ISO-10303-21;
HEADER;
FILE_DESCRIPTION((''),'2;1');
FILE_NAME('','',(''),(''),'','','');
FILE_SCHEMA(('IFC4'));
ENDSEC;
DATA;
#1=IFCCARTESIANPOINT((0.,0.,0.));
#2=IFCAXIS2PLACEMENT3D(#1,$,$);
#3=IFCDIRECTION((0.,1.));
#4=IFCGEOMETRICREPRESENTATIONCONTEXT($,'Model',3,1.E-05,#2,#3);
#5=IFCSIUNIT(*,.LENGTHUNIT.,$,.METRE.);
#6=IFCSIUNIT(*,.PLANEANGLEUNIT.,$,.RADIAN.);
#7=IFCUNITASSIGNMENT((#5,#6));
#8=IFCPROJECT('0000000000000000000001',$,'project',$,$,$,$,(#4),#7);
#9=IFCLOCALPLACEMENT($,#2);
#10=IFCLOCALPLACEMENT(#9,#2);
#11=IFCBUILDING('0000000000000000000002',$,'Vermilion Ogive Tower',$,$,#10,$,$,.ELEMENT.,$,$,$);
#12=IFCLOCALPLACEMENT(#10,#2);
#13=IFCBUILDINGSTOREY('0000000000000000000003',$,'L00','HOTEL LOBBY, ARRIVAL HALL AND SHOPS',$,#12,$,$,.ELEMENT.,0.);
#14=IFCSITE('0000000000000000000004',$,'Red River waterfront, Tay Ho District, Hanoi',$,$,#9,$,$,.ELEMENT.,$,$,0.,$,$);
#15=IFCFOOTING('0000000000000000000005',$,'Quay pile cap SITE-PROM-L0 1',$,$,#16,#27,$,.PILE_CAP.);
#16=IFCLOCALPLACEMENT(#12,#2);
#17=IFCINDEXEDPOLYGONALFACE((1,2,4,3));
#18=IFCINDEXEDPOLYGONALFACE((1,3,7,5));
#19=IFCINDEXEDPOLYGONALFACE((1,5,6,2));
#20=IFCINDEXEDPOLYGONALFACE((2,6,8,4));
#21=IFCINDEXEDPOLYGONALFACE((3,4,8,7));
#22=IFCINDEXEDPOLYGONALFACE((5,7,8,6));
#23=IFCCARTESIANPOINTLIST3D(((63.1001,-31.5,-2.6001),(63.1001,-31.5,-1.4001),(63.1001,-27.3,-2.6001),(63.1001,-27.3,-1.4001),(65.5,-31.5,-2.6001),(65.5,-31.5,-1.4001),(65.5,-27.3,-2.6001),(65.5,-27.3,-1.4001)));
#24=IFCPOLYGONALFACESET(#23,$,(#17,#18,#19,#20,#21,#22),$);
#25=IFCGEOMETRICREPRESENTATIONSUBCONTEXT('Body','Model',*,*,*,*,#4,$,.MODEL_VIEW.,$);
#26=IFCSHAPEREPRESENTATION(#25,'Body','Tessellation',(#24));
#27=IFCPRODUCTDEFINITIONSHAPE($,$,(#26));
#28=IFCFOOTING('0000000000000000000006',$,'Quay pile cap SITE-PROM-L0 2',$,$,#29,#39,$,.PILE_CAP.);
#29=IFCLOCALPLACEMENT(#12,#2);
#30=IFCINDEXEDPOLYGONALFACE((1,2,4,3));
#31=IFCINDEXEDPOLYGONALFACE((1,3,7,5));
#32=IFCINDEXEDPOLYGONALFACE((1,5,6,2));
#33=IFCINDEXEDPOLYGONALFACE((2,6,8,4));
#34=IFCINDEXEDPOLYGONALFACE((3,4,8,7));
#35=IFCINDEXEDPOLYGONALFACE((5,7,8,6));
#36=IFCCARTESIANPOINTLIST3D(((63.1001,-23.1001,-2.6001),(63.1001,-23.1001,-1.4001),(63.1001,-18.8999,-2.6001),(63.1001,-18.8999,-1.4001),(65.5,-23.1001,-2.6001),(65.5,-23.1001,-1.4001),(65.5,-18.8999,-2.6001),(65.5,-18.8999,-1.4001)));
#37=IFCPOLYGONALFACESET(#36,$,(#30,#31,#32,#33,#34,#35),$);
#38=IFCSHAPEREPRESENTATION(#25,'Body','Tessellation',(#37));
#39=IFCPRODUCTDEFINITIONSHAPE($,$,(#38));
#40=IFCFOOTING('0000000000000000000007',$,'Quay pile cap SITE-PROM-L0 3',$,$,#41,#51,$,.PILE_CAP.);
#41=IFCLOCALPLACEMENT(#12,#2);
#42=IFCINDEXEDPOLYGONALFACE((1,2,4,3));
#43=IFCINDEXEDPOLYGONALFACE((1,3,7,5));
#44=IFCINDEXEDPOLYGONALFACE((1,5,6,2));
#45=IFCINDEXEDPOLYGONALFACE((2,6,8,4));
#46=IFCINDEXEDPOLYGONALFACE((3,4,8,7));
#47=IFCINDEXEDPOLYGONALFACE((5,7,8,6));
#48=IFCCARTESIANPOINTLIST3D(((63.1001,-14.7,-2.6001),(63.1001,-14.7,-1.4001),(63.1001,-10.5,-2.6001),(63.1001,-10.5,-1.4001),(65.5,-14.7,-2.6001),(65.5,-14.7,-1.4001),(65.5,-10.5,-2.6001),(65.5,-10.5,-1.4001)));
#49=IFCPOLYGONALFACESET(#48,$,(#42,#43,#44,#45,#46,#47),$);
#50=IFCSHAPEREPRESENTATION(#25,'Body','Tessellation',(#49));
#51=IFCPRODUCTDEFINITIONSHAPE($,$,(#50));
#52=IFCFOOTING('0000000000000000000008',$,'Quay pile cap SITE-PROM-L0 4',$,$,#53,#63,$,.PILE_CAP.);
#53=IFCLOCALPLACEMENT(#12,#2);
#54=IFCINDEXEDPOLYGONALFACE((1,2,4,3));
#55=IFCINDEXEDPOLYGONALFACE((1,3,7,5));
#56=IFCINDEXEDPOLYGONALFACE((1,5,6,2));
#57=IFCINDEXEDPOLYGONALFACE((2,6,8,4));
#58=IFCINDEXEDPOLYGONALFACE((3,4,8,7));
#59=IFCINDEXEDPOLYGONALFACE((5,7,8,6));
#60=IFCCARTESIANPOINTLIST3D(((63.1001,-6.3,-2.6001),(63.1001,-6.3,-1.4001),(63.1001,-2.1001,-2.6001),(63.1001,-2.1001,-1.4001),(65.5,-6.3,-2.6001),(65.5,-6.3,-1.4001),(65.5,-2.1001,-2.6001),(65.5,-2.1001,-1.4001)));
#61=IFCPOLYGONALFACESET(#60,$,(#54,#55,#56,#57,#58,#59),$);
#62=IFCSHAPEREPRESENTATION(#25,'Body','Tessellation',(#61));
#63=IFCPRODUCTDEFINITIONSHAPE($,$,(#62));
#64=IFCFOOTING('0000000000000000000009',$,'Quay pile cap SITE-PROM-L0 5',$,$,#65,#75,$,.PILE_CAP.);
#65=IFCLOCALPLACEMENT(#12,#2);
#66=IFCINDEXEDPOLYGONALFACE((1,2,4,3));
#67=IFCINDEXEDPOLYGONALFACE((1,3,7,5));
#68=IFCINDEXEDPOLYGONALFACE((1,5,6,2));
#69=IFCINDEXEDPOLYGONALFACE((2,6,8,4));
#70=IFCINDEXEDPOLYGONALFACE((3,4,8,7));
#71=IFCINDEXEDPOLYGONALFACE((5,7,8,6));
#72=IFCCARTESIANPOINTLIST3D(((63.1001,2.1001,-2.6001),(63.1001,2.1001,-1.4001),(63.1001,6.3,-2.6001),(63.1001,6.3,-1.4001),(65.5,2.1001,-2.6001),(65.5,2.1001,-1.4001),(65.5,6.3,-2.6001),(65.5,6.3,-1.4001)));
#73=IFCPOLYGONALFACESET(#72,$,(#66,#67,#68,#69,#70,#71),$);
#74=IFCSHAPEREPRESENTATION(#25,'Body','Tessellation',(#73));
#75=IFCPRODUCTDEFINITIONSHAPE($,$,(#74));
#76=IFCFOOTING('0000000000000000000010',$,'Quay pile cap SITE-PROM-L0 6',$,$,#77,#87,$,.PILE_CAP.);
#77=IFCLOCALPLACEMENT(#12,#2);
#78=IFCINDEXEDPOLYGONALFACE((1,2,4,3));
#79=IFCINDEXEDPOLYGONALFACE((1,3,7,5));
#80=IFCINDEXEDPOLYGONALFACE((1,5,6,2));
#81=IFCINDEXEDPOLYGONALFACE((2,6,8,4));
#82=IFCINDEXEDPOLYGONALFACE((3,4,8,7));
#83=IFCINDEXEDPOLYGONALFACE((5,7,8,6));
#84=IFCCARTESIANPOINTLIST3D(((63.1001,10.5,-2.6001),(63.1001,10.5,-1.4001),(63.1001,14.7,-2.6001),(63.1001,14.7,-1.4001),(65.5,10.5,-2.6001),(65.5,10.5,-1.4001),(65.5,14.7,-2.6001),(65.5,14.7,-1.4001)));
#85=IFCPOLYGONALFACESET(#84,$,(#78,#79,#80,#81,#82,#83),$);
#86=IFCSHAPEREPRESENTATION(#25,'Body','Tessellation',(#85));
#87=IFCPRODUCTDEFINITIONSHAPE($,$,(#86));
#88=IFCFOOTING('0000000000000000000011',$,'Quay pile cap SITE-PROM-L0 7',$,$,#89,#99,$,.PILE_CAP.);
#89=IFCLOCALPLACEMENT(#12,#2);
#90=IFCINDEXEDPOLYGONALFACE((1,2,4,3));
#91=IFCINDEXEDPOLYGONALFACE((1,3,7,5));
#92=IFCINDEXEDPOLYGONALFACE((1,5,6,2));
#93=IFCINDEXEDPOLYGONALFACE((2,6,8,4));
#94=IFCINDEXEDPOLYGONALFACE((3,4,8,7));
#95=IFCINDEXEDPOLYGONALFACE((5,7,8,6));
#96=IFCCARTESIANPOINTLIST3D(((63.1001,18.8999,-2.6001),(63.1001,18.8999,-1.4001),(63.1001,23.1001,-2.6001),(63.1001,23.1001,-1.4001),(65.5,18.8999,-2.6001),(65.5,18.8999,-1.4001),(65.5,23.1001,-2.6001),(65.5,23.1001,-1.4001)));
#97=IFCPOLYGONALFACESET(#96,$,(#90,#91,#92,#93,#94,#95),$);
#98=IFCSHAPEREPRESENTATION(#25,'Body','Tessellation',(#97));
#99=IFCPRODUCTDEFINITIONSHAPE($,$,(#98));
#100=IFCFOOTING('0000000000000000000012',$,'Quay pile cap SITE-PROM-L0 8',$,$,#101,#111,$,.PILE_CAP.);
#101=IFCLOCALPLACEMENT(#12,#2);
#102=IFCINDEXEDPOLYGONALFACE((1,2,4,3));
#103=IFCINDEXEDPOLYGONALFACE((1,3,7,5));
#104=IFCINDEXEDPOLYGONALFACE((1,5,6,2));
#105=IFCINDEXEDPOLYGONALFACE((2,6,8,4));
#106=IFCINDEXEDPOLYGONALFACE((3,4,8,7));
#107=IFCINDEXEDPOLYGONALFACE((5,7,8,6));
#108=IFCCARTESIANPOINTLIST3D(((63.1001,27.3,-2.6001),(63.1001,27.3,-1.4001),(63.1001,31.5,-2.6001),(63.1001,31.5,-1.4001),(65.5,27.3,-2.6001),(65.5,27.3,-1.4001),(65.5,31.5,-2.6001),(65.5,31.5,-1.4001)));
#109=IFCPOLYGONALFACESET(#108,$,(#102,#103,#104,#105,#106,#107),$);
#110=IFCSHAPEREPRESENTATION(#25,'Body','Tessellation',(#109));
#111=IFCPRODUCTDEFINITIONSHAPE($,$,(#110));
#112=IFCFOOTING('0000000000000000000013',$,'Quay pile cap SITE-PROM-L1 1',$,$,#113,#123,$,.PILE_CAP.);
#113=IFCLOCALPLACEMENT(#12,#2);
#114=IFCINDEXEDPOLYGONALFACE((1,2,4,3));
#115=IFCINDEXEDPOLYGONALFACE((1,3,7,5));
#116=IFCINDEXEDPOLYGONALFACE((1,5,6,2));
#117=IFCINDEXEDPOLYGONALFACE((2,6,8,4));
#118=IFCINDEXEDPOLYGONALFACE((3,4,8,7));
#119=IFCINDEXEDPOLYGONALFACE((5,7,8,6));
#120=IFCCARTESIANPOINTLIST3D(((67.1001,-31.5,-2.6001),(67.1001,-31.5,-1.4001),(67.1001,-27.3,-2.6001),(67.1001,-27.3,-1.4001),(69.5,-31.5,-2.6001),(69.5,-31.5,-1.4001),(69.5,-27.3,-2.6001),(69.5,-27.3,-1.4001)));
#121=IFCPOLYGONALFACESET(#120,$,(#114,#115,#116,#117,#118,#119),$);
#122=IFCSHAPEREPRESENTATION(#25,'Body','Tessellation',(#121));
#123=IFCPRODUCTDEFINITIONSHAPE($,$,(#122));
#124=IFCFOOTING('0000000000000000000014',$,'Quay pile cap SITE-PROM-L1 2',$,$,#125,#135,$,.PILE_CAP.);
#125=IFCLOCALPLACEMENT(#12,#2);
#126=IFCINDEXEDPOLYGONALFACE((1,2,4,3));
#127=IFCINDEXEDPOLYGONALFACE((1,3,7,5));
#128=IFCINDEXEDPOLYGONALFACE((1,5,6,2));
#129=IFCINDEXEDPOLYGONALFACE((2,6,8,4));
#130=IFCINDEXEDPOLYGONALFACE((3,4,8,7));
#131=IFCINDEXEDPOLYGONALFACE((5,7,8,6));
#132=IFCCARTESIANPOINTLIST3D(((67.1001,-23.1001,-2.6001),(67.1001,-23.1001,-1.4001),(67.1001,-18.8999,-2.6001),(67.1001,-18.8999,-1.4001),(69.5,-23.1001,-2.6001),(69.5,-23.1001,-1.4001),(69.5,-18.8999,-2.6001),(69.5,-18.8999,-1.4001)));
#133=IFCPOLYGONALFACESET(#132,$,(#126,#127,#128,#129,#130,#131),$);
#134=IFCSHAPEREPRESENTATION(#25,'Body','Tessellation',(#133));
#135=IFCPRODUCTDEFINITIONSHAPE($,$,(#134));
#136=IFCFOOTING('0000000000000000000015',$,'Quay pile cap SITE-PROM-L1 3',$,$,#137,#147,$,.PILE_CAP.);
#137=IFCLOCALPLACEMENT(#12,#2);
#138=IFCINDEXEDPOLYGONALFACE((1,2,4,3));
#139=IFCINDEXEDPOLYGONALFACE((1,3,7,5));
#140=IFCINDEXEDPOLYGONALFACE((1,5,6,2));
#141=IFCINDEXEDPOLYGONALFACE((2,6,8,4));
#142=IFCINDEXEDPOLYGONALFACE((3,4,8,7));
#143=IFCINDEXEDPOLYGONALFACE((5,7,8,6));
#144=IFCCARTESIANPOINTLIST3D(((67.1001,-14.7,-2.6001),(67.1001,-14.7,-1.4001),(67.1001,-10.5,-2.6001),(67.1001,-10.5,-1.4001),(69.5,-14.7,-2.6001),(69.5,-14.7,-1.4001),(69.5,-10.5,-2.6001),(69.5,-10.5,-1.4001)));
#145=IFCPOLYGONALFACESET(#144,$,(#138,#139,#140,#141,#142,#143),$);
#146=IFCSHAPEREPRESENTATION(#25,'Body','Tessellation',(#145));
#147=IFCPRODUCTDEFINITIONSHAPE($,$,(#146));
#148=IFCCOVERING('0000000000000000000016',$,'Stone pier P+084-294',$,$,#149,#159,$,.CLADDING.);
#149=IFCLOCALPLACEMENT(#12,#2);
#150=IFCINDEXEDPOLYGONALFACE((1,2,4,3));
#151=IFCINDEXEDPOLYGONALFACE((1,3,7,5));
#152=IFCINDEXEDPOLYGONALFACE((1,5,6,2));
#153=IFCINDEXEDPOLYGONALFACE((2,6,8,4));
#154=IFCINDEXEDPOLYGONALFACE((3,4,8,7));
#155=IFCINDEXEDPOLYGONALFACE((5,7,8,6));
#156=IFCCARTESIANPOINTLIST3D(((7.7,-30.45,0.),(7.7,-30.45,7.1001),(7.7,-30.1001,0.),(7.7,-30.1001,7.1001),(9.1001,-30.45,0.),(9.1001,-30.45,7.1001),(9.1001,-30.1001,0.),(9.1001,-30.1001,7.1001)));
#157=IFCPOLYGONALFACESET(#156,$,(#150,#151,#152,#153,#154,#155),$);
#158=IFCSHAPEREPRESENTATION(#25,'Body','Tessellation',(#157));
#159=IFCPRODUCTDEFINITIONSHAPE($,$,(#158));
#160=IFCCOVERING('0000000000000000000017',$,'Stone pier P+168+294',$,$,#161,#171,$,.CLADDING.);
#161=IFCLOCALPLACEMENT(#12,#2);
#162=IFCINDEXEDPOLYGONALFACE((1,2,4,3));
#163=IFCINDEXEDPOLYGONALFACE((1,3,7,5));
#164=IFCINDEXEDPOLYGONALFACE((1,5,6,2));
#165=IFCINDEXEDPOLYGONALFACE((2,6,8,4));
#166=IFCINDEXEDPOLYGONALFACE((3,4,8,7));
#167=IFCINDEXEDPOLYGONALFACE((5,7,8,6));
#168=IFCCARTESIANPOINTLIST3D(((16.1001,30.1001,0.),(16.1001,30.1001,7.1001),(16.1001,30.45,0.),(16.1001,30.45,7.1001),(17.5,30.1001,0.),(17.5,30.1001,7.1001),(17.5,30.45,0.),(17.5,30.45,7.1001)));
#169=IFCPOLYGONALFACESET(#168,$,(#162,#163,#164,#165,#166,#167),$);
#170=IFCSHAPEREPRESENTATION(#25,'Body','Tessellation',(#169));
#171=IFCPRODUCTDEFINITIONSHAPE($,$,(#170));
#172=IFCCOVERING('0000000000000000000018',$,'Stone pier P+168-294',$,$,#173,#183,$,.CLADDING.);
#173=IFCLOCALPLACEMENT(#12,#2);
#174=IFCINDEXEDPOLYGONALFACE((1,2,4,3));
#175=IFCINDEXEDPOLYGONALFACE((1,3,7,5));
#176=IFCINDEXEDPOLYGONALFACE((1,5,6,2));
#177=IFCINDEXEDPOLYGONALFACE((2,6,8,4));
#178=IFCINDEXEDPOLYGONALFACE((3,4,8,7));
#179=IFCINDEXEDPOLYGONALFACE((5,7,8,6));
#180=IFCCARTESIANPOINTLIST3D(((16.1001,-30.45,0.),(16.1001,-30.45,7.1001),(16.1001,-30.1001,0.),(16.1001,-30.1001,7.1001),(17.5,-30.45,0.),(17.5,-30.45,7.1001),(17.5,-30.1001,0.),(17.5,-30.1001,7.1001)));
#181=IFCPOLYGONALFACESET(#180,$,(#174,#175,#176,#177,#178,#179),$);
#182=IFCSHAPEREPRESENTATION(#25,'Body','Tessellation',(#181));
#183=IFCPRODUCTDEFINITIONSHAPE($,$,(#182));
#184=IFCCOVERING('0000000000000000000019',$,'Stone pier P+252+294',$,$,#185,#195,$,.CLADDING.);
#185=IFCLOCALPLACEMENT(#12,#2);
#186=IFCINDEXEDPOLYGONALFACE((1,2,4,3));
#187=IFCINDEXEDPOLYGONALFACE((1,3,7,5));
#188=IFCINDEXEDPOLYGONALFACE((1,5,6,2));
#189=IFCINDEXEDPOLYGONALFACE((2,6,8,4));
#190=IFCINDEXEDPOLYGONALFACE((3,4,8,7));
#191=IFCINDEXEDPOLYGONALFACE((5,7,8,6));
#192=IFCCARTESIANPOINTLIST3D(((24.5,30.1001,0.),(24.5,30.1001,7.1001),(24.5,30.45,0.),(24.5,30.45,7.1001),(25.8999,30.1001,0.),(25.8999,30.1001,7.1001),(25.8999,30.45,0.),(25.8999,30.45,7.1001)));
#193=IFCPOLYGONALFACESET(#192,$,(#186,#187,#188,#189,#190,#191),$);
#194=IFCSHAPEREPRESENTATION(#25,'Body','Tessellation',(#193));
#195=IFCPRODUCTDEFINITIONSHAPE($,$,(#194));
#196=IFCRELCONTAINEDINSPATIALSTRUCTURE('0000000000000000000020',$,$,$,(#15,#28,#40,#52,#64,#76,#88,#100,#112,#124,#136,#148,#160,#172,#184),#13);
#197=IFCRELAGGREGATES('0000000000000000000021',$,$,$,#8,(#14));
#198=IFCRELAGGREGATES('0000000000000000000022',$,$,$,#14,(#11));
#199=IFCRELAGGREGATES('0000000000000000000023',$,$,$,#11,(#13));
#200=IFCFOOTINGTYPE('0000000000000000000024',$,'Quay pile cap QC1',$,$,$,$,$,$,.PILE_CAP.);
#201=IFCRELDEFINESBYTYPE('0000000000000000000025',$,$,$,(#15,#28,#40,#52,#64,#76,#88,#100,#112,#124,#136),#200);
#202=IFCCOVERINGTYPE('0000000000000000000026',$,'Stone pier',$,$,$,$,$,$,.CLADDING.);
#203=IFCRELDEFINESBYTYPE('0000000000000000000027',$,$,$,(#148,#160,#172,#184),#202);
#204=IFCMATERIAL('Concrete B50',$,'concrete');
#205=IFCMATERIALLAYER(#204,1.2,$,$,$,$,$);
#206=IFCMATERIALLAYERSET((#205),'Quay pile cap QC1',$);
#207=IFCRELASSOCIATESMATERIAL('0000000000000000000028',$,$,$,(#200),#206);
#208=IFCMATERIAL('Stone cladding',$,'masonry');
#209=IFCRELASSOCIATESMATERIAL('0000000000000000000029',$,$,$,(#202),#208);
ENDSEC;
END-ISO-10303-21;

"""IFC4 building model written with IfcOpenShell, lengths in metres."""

from ifc_helpers import new_model, si_unit, direction, frame, origin, place, context, subcontext, project, spatial, polyline, outline, extrude, material, layer, layer_set, type_object, element, save


model = new_model("IFC4")

# Units and contexts
model_context = context("Model", 3, precision=1e-05, world=origin(), true_north=direction((0.0, 1.0)))
body_context = subcontext(model_context, "Body", "Model", "MODEL_VIEW")
ifc_project = project(units=[si_unit("LENGTHUNIT", "METRE"), si_unit("PLANEANGLEUNIT", "RADIAN")], contexts=[model_context])

# Site, building, storey
site_placement = place(None, origin())
site = spatial("IfcSite", under=ifc_project, at=site_placement, Name="Red River waterfront, Tay Ho District, Hanoi", CompositionType="ELEMENT", RefElevation=0.0)
building_placement = place(site_placement, origin())
building = spatial("IfcBuilding", under=site, at=building_placement, Name="Vermilion Ogive Tower", CompositionType="ELEMENT")
storey_placement = place(building_placement, origin())
storey = spatial("IfcBuildingStorey", under=building, at=storey_placement, Name="L00", Description="HOTEL LOBBY, ARRIVAL HALL AND SHOPS", CompositionType="ELEMENT", Elevation=0.0)

# Footings
ifc_material_1 = material(Name="Concrete B50", Category="concrete")
ifc_layer = layer(ifc_material_1, 1.2)
ifc_layer_set = layer_set([ifc_layer], Name="Quay pile cap QC1")
footing_type = type_object("IfcFootingType", Name="Quay pile cap QC1", PredefinedType="PILE_CAP", material=ifc_layer_set)
footing_1_placement = place(storey_placement, frame((0.0, 0.0, -2.6001)))
element("IfcFooting", 1, at=footing_1_placement, inside=storey, type_object=footing_type, Name="Quay pile cap SITE-PROM-L0 1", PredefinedType="PILE_CAP", context=body_context, shape_type="SweptSolid", body=[
    extrude(outline(polyline([(65.5, -31.5), (65.5, -27.3), (63.1001, -27.3), (63.1001, -31.5), (65.5, -31.5)])), origin(), (0.0, 0.0, 1.0), 1.2),
])
footing_2_placement = place(storey_placement, frame((0.0, 0.0, -2.6001)))
element("IfcFooting", 2, at=footing_2_placement, inside=storey, type_object=footing_type, Name="Quay pile cap SITE-PROM-L0 2", PredefinedType="PILE_CAP", context=body_context, shape_type="SweptSolid", body=[
    extrude(outline(polyline([(65.5, -23.1001), (65.5, -18.8999), (63.1001, -18.8999), (63.1001, -23.1001), (65.5, -23.1001)])), origin(), (0.0, 0.0, 1.0), 1.2),
])
footing_3_placement = place(storey_placement, frame((0.0, 0.0, -2.6001)))
element("IfcFooting", 3, at=footing_3_placement, inside=storey, type_object=footing_type, Name="Quay pile cap SITE-PROM-L0 3", PredefinedType="PILE_CAP", context=body_context, shape_type="SweptSolid", body=[
    extrude(outline(polyline([(65.5, -14.7), (65.5, -10.5), (63.1001, -10.5), (63.1001, -14.7), (65.5, -14.7)])), origin(), (0.0, 0.0, 1.0), 1.2),
])
footing_4_placement = place(storey_placement, frame((0.0, 0.0, -2.6001)))
element("IfcFooting", 4, at=footing_4_placement, inside=storey, type_object=footing_type, Name="Quay pile cap SITE-PROM-L0 4", PredefinedType="PILE_CAP", context=body_context, shape_type="SweptSolid", body=[
    extrude(outline(polyline([(65.5, -6.3), (65.5, -2.1001), (63.1001, -2.1001), (63.1001, -6.3), (65.5, -6.3)])), origin(), (0.0, 0.0, 1.0), 1.2),
])
footing_5_placement = place(storey_placement, frame((0.0, 0.0, -2.6001)))
element("IfcFooting", 5, at=footing_5_placement, inside=storey, type_object=footing_type, Name="Quay pile cap SITE-PROM-L0 5", PredefinedType="PILE_CAP", context=body_context, shape_type="SweptSolid", body=[
    extrude(outline(polyline([(65.5, 2.1001), (65.5, 6.3), (63.1001, 6.3), (63.1001, 2.1001), (65.5, 2.1001)])), origin(), (0.0, 0.0, 1.0), 1.2),
])
footing_6_placement = place(storey_placement, frame((0.0, 0.0, -2.6001)))
element("IfcFooting", 6, at=footing_6_placement, inside=storey, type_object=footing_type, Name="Quay pile cap SITE-PROM-L0 6", PredefinedType="PILE_CAP", context=body_context, shape_type="SweptSolid", body=[
    extrude(outline(polyline([(65.5, 10.5), (65.5, 14.7), (63.1001, 14.7), (63.1001, 10.5), (65.5, 10.5)])), origin(), (0.0, 0.0, 1.0), 1.2),
])
footing_7_placement = place(storey_placement, frame((0.0, 0.0, -2.6001)))
element("IfcFooting", 7, at=footing_7_placement, inside=storey, type_object=footing_type, Name="Quay pile cap SITE-PROM-L0 7", PredefinedType="PILE_CAP", context=body_context, shape_type="SweptSolid", body=[
    extrude(outline(polyline([(65.5, 18.8999), (65.5, 23.1001), (63.1001, 23.1001), (63.1001, 18.8999), (65.5, 18.8999)])), origin(), (0.0, 0.0, 1.0), 1.2),
])
footing_8_placement = place(storey_placement, frame((0.0, 0.0, -2.6001)))
element("IfcFooting", 8, at=footing_8_placement, inside=storey, type_object=footing_type, Name="Quay pile cap SITE-PROM-L0 8", PredefinedType="PILE_CAP", context=body_context, shape_type="SweptSolid", body=[
    extrude(outline(polyline([(65.5, 27.3), (65.5, 31.5), (63.1001, 31.5), (63.1001, 27.3), (65.5, 27.3)])), origin(), (0.0, 0.0, 1.0), 1.2),
])
footing_9_placement = place(storey_placement, frame((0.0, 0.0, -2.6001)))
element("IfcFooting", 9, at=footing_9_placement, inside=storey, type_object=footing_type, Name="Quay pile cap SITE-PROM-L1 1", PredefinedType="PILE_CAP", context=body_context, shape_type="SweptSolid", body=[
    extrude(outline(polyline([(69.5, -31.5), (69.5, -27.3), (67.1001, -27.3), (67.1001, -31.5), (69.5, -31.5)])), origin(), (0.0, 0.0, 1.0), 1.2),
])
footing_10_placement = place(storey_placement, frame((0.0, 0.0, -2.6001)))
element("IfcFooting", 10, at=footing_10_placement, inside=storey, type_object=footing_type, Name="Quay pile cap SITE-PROM-L1 2", PredefinedType="PILE_CAP", context=body_context, shape_type="SweptSolid", body=[
    extrude(outline(polyline([(69.5, -23.1001), (69.5, -18.8999), (67.1001, -18.8999), (67.1001, -23.1001), (69.5, -23.1001)])), origin(), (0.0, 0.0, 1.0), 1.2),
])
footing_11_placement = place(storey_placement, frame((0.0, 0.0, -2.6001)))
element("IfcFooting", 11, at=footing_11_placement, inside=storey, type_object=footing_type, Name="Quay pile cap SITE-PROM-L1 3", PredefinedType="PILE_CAP", context=body_context, shape_type="SweptSolid", body=[
    extrude(outline(polyline([(69.5, -14.7), (69.5, -10.5), (67.1001, -10.5), (67.1001, -14.7), (69.5, -14.7)])), origin(), (0.0, 0.0, 1.0), 1.2),
])

# Coverings
ifc_material_2 = material(Name="Stone cladding", Category="masonry")
covering_type = type_object("IfcCoveringType", Name="Stone pier", PredefinedType="CLADDING", material=ifc_material_2)
covering_1_placement = place(storey_placement, origin())
element("IfcCovering", 12, at=covering_1_placement, inside=storey, type_object=covering_type, Name="Stone pier P+084-294", PredefinedType="CLADDING", context=body_context, shape_type="SweptSolid", body=[
    extrude(outline(polyline([(9.1001, -30.1001), (9.1001, -30.1001), (9.1001, -30.45), (7.7, -30.45), (7.7, -30.1001), (7.7, -30.1001), (9.1001, -30.1001)])), origin(), (0.0, 0.0, 1.0), 7.1001),
])
covering_2_placement = place(storey_placement, origin())
element("IfcCovering", 13, at=covering_2_placement, inside=storey, type_object=covering_type, Name="Stone pier P+168+294", PredefinedType="CLADDING", context=body_context, shape_type="SweptSolid", body=[
    extrude(outline(polyline([(16.1001, 30.1001), (16.1001, 30.45), (17.5, 30.45), (17.5, 30.1001), (17.5, 30.1001), (16.1001, 30.1001)])), origin(), (0.0, 0.0, 1.0), 7.1001),
])
covering_3_placement = place(storey_placement, origin())
element("IfcCovering", 14, at=covering_3_placement, inside=storey, type_object=covering_type, Name="Stone pier P+168-294", PredefinedType="CLADDING", context=body_context, shape_type="SweptSolid", body=[
    extrude(outline(polyline([(17.5, -30.1001), (17.5, -30.45), (16.1001, -30.45), (16.1001, -30.1001), (17.5, -30.1001), (17.5, -30.1001)])), origin(), (0.0, 0.0, 1.0), 7.1001),
])
covering_4_placement = place(storey_placement, origin())
element("IfcCovering", 15, at=covering_4_placement, inside=storey, type_object=covering_type, Name="Stone pier P+252+294", PredefinedType="CLADDING", context=body_context, shape_type="SweptSolid", body=[
    extrude(outline(polyline([(24.5, 30.45), (25.8999, 30.45), (25.8999, 30.1001), (24.5, 30.1001), (24.5, 30.45)])), origin(), (0.0, 0.0, 1.0), 7.1001),
])

save(model, "model.ifc")
